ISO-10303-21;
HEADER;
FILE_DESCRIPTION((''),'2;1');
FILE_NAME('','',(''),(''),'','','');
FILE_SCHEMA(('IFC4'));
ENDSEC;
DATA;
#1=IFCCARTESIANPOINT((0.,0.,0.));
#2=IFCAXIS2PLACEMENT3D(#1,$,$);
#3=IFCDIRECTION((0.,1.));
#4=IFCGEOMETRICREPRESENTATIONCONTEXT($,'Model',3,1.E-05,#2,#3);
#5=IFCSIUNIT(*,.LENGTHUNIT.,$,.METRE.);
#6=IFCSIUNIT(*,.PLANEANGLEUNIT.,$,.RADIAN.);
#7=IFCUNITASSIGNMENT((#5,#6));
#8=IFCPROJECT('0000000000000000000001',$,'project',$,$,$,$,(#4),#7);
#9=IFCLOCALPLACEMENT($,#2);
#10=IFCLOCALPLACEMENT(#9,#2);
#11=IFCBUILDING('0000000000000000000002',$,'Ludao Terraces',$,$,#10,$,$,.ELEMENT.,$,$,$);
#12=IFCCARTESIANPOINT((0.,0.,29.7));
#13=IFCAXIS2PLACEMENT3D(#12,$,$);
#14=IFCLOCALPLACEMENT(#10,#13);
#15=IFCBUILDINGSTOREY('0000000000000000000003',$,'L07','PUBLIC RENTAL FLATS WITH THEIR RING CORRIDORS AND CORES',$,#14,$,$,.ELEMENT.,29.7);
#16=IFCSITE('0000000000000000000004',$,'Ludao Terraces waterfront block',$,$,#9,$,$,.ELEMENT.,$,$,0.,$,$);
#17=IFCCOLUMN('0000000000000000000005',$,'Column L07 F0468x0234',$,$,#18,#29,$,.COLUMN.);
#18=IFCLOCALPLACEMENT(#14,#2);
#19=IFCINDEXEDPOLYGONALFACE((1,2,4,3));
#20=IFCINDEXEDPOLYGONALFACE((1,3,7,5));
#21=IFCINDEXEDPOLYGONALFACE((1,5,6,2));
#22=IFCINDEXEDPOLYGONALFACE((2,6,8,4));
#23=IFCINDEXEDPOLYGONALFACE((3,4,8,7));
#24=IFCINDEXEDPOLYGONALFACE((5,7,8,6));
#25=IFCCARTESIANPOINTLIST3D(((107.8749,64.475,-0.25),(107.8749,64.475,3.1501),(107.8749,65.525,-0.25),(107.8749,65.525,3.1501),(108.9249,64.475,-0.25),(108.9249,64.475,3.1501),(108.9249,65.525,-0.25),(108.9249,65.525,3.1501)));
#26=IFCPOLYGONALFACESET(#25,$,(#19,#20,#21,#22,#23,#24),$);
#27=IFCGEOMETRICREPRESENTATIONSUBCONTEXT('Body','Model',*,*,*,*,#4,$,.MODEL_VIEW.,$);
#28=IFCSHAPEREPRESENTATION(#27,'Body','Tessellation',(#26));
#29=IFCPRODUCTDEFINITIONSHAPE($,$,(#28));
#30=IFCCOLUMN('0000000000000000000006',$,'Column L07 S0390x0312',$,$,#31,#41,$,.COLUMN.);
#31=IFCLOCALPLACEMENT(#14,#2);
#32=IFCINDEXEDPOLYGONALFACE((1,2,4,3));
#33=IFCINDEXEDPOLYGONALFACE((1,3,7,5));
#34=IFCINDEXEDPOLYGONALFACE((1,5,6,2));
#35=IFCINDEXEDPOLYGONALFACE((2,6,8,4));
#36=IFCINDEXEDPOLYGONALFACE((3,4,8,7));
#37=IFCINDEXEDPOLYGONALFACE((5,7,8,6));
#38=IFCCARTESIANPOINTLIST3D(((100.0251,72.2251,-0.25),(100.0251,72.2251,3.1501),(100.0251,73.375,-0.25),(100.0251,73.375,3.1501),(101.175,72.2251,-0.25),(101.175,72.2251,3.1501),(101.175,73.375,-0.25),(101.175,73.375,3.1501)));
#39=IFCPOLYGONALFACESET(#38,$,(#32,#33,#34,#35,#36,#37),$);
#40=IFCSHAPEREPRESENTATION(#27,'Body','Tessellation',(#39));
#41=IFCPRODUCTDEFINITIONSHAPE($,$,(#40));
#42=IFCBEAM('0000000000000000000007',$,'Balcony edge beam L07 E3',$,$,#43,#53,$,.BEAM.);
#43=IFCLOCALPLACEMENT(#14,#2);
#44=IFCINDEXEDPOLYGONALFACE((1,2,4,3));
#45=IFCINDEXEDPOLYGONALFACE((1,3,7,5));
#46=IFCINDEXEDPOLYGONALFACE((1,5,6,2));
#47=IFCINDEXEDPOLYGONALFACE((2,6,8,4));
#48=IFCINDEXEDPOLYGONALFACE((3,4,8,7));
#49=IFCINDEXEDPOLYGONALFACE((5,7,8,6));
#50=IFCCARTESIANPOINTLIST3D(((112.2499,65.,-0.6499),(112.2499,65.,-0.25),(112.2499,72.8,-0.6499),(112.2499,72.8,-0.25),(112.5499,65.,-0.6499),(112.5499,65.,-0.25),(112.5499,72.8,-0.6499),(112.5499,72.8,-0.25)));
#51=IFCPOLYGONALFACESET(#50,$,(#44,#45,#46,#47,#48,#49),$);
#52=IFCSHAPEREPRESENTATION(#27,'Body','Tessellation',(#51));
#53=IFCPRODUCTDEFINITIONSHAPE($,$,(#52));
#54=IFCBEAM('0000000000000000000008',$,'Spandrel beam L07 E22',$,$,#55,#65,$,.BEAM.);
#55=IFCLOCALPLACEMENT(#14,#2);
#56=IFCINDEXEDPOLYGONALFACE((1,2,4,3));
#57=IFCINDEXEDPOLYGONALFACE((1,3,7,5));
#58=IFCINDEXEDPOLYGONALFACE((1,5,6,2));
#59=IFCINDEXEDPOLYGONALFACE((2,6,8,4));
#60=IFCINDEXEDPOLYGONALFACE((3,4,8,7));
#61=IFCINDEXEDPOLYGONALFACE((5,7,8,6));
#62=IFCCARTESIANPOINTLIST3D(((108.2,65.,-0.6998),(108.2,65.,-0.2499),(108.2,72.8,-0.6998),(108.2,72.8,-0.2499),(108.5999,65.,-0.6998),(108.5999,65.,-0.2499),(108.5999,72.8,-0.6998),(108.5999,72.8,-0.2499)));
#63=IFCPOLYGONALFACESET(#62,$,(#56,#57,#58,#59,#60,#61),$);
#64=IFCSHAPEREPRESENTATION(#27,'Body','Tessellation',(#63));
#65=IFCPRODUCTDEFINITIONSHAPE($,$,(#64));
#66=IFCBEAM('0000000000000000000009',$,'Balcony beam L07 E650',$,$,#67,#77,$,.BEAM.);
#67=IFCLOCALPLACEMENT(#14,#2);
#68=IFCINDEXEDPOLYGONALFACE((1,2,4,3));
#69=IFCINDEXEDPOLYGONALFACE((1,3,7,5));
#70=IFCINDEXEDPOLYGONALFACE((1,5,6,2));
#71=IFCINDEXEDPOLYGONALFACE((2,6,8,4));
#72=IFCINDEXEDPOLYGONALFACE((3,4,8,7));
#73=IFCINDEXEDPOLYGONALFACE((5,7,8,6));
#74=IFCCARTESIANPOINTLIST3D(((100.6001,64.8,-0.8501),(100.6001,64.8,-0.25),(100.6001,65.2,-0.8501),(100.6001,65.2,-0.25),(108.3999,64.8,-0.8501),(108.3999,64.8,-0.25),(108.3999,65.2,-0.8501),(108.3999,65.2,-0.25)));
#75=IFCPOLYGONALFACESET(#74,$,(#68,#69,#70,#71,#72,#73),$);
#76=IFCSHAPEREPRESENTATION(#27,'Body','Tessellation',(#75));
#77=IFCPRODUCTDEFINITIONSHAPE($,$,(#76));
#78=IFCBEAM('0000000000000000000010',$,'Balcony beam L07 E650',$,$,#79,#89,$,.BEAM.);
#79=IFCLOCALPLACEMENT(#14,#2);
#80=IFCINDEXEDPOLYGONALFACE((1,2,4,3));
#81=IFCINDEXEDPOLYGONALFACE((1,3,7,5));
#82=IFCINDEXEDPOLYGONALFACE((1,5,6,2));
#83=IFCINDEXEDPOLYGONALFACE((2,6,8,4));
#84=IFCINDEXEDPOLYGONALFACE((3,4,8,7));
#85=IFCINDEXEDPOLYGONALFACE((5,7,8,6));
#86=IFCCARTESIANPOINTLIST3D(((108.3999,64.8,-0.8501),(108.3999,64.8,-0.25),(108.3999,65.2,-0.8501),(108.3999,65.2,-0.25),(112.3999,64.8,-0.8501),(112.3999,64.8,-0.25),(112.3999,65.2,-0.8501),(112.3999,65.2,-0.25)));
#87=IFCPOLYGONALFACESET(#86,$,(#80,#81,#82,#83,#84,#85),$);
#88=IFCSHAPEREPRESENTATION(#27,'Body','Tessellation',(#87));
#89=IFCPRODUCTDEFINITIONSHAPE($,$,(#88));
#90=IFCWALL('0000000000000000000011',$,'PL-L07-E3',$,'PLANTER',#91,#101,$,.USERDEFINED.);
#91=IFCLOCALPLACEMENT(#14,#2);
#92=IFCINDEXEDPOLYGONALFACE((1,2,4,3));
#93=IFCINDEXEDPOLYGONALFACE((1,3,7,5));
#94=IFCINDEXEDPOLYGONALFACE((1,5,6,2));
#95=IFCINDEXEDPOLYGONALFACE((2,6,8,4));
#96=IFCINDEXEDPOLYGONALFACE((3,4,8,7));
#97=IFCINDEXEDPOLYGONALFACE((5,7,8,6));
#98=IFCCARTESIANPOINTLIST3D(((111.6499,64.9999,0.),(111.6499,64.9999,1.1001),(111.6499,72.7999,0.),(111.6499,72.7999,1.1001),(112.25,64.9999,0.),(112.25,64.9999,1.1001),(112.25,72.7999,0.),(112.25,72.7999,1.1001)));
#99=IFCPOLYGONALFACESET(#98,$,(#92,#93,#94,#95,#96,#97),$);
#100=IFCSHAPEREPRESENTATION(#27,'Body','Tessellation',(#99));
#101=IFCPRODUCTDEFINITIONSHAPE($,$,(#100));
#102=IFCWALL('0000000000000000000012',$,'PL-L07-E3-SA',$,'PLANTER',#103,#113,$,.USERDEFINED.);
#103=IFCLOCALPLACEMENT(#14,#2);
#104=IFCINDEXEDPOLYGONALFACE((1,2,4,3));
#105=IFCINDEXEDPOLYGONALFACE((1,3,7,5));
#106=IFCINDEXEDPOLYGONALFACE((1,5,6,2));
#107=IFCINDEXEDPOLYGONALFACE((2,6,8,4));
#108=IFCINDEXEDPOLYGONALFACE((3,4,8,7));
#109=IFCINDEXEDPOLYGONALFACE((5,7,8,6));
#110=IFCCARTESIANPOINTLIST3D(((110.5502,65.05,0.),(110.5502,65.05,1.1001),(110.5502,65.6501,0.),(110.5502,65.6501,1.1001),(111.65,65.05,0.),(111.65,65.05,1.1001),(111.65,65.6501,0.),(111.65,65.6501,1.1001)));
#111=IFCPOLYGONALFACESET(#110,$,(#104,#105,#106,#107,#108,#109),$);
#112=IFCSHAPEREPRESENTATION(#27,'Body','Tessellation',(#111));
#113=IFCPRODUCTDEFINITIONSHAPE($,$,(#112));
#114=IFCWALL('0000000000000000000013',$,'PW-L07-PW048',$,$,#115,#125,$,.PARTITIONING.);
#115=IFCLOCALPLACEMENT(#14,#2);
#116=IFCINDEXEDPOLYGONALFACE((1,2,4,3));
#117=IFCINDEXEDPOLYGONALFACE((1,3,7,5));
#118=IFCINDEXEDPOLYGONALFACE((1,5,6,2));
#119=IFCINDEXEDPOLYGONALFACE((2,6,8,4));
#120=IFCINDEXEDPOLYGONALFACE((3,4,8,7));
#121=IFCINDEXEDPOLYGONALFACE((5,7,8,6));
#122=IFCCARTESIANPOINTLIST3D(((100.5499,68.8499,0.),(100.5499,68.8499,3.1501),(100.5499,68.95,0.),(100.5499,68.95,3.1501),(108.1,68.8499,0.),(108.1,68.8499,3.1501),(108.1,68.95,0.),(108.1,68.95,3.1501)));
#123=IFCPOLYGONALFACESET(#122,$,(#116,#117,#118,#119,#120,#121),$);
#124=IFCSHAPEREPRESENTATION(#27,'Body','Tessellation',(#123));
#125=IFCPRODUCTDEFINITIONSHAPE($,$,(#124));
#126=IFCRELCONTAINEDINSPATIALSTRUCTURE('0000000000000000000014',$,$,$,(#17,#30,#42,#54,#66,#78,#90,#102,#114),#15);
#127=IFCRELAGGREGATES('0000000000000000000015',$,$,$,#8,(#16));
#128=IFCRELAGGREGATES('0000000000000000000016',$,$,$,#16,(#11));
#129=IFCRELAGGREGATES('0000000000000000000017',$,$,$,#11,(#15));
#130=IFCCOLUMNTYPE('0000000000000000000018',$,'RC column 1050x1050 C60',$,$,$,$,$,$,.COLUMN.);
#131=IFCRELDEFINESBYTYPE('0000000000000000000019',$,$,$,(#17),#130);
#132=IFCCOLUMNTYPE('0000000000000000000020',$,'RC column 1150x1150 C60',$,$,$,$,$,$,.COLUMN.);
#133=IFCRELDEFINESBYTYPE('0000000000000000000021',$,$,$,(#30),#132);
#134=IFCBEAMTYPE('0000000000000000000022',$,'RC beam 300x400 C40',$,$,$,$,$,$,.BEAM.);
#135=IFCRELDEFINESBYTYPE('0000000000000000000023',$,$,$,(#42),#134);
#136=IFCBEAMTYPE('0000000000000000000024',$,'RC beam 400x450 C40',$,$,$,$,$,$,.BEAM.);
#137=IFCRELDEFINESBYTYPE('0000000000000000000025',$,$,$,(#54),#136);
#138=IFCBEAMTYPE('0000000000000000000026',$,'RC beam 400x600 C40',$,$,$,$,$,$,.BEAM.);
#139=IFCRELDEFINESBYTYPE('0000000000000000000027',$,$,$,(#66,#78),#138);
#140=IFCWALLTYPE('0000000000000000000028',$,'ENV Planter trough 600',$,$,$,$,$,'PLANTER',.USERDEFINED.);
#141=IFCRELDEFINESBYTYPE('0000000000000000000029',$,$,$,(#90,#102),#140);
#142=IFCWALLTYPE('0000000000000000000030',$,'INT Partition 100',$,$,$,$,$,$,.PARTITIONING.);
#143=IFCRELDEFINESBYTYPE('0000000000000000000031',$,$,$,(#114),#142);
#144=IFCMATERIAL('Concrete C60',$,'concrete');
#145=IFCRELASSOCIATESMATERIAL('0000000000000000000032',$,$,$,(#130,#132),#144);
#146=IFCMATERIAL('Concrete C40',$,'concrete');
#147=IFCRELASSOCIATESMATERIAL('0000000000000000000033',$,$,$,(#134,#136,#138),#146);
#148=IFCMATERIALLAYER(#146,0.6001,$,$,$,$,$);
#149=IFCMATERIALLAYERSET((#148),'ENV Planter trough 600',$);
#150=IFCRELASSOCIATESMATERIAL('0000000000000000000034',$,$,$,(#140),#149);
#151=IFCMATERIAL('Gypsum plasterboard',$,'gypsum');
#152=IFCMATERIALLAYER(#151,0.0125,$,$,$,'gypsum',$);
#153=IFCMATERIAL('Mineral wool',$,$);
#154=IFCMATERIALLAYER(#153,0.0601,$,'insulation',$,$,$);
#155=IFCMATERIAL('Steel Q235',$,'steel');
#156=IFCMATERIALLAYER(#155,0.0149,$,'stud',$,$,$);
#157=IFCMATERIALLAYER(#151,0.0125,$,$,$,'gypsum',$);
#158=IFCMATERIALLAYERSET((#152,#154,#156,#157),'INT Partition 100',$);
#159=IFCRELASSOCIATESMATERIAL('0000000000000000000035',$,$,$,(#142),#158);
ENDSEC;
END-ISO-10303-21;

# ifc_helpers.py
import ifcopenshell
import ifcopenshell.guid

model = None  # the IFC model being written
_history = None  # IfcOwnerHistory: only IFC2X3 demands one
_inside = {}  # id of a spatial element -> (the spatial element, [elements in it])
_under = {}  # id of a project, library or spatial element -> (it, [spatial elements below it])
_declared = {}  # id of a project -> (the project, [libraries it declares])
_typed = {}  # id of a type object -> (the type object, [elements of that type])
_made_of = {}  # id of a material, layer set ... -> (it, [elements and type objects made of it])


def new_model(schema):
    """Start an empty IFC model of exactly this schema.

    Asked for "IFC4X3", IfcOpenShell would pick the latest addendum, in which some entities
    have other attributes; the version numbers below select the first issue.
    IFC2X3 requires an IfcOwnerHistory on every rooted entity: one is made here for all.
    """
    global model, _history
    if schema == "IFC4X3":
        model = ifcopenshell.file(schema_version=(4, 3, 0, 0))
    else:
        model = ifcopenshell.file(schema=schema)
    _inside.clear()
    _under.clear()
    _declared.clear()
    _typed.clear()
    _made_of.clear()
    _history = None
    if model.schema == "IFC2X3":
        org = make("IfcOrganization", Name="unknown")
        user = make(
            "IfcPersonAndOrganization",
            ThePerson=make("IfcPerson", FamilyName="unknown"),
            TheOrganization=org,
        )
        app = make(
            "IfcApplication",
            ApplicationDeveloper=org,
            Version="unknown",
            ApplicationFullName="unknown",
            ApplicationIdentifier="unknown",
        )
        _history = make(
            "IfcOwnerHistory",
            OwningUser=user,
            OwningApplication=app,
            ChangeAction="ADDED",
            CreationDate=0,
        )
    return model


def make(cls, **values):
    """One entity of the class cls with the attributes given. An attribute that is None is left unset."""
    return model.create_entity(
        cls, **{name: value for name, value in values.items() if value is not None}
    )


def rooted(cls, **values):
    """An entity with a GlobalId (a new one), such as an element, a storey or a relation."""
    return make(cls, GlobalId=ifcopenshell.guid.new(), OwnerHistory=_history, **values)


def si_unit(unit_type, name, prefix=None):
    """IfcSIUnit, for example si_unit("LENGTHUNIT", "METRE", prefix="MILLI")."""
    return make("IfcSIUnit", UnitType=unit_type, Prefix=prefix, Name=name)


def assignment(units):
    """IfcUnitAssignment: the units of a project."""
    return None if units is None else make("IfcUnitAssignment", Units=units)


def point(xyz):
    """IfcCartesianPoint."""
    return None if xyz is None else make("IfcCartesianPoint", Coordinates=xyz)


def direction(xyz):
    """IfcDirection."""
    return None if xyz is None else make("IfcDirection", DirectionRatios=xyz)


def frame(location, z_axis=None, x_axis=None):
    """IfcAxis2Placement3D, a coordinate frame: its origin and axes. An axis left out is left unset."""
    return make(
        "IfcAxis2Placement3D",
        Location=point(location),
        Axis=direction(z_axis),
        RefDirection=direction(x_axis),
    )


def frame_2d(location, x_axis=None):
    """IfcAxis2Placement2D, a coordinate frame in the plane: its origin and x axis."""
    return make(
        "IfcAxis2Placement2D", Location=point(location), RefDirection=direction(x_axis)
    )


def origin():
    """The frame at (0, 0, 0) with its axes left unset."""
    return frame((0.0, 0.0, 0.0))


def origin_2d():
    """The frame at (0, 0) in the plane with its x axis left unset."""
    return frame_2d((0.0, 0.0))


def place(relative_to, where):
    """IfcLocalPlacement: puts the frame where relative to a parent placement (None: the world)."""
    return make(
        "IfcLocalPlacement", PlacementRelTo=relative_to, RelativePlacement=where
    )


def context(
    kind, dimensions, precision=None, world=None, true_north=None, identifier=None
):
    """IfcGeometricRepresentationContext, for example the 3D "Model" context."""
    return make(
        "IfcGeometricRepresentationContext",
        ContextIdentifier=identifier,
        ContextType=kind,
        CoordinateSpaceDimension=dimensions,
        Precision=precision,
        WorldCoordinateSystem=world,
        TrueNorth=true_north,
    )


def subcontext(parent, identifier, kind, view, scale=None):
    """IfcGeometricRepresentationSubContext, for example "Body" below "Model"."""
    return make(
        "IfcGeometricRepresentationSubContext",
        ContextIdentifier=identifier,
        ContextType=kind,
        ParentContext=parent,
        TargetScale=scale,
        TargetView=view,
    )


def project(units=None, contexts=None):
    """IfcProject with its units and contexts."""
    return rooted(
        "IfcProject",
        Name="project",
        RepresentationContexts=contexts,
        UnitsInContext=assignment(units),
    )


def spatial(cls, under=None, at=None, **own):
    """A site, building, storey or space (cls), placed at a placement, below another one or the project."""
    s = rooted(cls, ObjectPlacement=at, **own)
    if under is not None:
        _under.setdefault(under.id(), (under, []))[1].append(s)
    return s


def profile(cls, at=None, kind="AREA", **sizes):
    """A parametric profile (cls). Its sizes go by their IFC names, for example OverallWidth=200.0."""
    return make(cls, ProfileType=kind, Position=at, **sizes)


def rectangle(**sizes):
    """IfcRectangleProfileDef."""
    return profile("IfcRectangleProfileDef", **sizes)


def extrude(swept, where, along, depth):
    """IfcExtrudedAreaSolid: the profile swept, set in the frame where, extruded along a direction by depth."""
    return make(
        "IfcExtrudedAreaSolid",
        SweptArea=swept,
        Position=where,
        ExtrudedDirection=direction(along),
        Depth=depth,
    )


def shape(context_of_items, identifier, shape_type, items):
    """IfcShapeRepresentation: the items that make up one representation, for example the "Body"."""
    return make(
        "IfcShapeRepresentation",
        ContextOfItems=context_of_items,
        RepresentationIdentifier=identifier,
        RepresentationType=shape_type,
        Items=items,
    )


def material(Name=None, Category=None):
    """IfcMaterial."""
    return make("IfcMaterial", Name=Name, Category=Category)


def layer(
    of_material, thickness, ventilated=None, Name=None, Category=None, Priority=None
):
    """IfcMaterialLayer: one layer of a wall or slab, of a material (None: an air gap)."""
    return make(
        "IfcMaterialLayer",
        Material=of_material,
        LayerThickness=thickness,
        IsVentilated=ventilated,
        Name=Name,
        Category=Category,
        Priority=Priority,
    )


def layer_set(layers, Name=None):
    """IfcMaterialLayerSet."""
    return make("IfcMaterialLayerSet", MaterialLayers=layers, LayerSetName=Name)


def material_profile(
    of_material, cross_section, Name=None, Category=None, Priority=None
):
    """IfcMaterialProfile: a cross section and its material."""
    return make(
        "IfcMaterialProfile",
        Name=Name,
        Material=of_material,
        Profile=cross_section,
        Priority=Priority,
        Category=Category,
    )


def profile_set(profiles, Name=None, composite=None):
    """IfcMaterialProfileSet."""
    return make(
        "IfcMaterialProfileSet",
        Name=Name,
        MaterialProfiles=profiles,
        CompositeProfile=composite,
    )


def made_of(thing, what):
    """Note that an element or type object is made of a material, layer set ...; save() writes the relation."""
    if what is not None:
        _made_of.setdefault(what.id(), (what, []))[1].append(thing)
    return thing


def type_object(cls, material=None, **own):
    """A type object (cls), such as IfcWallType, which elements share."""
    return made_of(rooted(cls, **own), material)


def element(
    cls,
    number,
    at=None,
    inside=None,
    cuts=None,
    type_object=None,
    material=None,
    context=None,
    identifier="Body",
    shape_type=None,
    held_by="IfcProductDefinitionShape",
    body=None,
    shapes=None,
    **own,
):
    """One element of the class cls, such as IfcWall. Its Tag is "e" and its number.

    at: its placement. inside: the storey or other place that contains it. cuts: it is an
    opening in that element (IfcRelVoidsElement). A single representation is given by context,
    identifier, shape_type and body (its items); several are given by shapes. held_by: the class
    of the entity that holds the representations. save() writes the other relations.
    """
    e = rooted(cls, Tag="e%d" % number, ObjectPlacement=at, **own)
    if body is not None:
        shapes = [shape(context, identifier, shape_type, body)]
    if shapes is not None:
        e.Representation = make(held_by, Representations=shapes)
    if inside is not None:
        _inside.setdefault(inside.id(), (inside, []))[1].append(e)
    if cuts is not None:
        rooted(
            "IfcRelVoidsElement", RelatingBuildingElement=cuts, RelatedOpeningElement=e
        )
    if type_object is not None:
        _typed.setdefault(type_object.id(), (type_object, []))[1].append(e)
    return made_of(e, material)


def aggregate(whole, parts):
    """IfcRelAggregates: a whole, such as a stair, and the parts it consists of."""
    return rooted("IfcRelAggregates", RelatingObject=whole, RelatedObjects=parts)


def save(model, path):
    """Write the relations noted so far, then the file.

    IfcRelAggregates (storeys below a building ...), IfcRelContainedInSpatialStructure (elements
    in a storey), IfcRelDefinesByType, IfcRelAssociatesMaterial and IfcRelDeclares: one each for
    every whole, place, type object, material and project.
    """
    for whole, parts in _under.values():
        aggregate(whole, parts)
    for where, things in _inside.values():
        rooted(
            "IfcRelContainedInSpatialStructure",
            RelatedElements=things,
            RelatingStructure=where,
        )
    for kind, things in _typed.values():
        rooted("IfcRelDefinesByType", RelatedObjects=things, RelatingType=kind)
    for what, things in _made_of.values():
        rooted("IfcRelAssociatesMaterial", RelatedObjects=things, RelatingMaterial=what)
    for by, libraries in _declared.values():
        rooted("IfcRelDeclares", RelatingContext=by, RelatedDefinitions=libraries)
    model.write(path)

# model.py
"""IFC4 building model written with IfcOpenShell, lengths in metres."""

from ifc_helpers import new_model, si_unit, direction, frame, frame_2d, origin, origin_2d, place, context, subcontext, project, spatial, rectangle, extrude, material, layer, layer_set, material_profile, profile_set, type_object, element, save


model = new_model("IFC4")

# Units and contexts
model_context = context("Model", 3, precision=1e-05, world=origin(), true_north=direction((0.0, 1.0)))
body_context = subcontext(model_context, "Body", "Model", "MODEL_VIEW")
ifc_project = project(units=[si_unit("LENGTHUNIT", "METRE"), si_unit("PLANEANGLEUNIT", "RADIAN")], contexts=[model_context])

# Site, building, storey
site_placement = place(None, origin())
site = spatial("IfcSite", under=ifc_project, at=site_placement, Name="Ludao Terraces waterfront block", CompositionType="ELEMENT", RefElevation=0.0)
building_placement = place(site_placement, origin())
building = spatial("IfcBuilding", under=site, at=building_placement, Name="Ludao Terraces", CompositionType="ELEMENT")
storey_placement = place(building_placement, frame((0.0, 0.0, 29.7)))
storey = spatial("IfcBuildingStorey", under=building, at=storey_placement, Name="L07", Description="PUBLIC RENTAL FLATS WITH THEIR RING CORRIDORS AND CORES", CompositionType="ELEMENT", Elevation=29.7)

# Columns
ifc_material_1 = material(Name="Concrete C60", Category="concrete")
ifc_material_profile_1 = material_profile(ifc_material_1, rectangle(XDim=1.05, YDim=1.05, at=origin_2d()), Name="1050 X 1050")
ifc_profile_set_1 = profile_set([ifc_material_profile_1], Name="Concrete C60")
column_type_1 = type_object("IfcColumnType", Name="RC column 1050x1050 C60", PredefinedType="COLUMN", material=ifc_profile_set_1)
column_1_placement = place(storey_placement, frame((108.3999, 65.0, -0.25), z_axis=(0.0, 0.0, 1.0), x_axis=(1.0, 0.0, 0.0)))
element("IfcColumn", 1, at=column_1_placement, inside=storey, type_object=column_type_1, Name="Column L07 F0468x0234", PredefinedType="COLUMN", context=body_context, shape_type="SweptSolid", body=[
    extrude(rectangle(XDim=1.05, YDim=1.05, at=origin_2d()), origin(), (0.0, 0.0, 1.0), 3.4001),
])
ifc_material_profile_2 = material_profile(ifc_material_1, rectangle(XDim=1.1499, YDim=1.1499, at=origin_2d()), Name="1150 X 1150")
ifc_profile_set_2 = profile_set([ifc_material_profile_2], Name="Concrete C60")
column_type_2 = type_object("IfcColumnType", Name="RC column 1150x1150 C60", PredefinedType="COLUMN", material=ifc_profile_set_2)
column_2_placement = place(storey_placement, frame((100.6001, 72.8, -0.25), z_axis=(0.0, 0.0, 1.0), x_axis=(1.0, 0.0, 0.0)))
element("IfcColumn", 2, at=column_2_placement, inside=storey, type_object=column_type_2, Name="Column L07 S0390x0312", PredefinedType="COLUMN", context=body_context, shape_type="SweptSolid", body=[
    extrude(rectangle(XDim=1.1499, YDim=1.1499, at=origin_2d()), origin(), (0.0, 0.0, 1.0), 3.4001),
])

# Beams
ifc_material_2 = material(Name="Concrete C40", Category="concrete")
ifc_material_profile_3 = material_profile(ifc_material_2, rectangle(XDim=0.3, YDim=0.3999, at=origin_2d()), Name="300 X 400")
ifc_profile_set_3 = profile_set([ifc_material_profile_3], Name="Concrete C40")
beam_type_1 = type_object("IfcBeamType", Name="RC beam 300x400 C40", PredefinedType="BEAM", material=ifc_profile_set_3)
beam_1_placement = place(storey_placement, frame((112.3999, 65.0, -0.45), z_axis=(0.0, 1.0, 0.0), x_axis=(-1.0, 0.0, 0.0)))
element("IfcBeam", 3, at=beam_1_placement, inside=storey, type_object=beam_type_1, Name="Balcony edge beam L07 E3", PredefinedType="BEAM", context=body_context, shape_type="SweptSolid", body=[
    extrude(rectangle(XDim=0.3, YDim=0.3999, at=origin_2d()), origin(), (0.0, 0.0, 1.0), 7.8),
])
ifc_material_profile_4 = material_profile(ifc_material_2, rectangle(XDim=0.3999, YDim=0.45, at=origin_2d()), Name="400 X 450")
ifc_profile_set_4 = profile_set([ifc_material_profile_4], Name="Concrete C40")
beam_type_2 = type_object("IfcBeamType", Name="RC beam 400x450 C40", PredefinedType="BEAM", material=ifc_profile_set_4)
beam_2_placement = place(storey_placement, frame((108.3999, 65.0, -0.4749), z_axis=(0.0, 1.0, 0.0), x_axis=(-1.0, 0.0, 0.0)))
element("IfcBeam", 4, at=beam_2_placement, inside=storey, type_object=beam_type_2, Name="Spandrel beam L07 E22", PredefinedType="BEAM", context=body_context, shape_type="SweptSolid", body=[
    extrude(rectangle(XDim=0.3999, YDim=0.45, at=origin_2d()), origin(), (0.0, 0.0, 1.0), 7.8),
])
ifc_material_profile_5 = material_profile(ifc_material_2, rectangle(XDim=0.3999, YDim=0.6001, at=origin_2d()), Name="400 X 600")
ifc_profile_set_5 = profile_set([ifc_material_profile_5], Name="Concrete C40")
beam_type_3 = type_object("IfcBeamType", Name="RC beam 400x600 C40", PredefinedType="BEAM", material=ifc_profile_set_5)
beam_3_placement = place(storey_placement, frame((100.6001, 65.0, -0.55), z_axis=(1.0, 0.0, 0.0), x_axis=(0.0, 1.0, 0.0)))
element("IfcBeam", 5, at=beam_3_placement, inside=storey, type_object=beam_type_3, Name="Balcony beam L07 E650", PredefinedType="BEAM", context=body_context, shape_type="SweptSolid", body=[
    extrude(rectangle(XDim=0.3999, YDim=0.6001, at=origin_2d()), origin(), (0.0, 0.0, 1.0), 7.7998),
])
beam_4_placement = place(storey_placement, frame((108.3999, 65.0, -0.55), z_axis=(1.0, 0.0, 0.0), x_axis=(0.0, 1.0, 0.0)))
element("IfcBeam", 6, at=beam_4_placement, inside=storey, type_object=beam_type_3, Name="Balcony beam L07 E650", PredefinedType="BEAM", context=body_context, shape_type="SweptSolid", body=[
    extrude(rectangle(XDim=0.3999, YDim=0.6001, at=origin_2d()), origin(), (0.0, 0.0, 1.0), 4.0),
])

# Walls
ifc_layer_1 = layer(ifc_material_2, 0.6001)
ifc_layer_set_1 = layer_set([ifc_layer_1], Name="ENV Planter trough 600")
wall_type_1 = type_object("IfcWallType", Name="ENV Planter trough 600", ElementType="PLANTER", PredefinedType="USERDEFINED", material=ifc_layer_set_1)
wall_1_placement = place(storey_placement, frame((111.95, 65.0, 0.0), z_axis=(0.0, 0.0, 1.0), x_axis=(0.0, 1.0, 0.0)))
element("IfcWall", 7, at=wall_1_placement, inside=storey, type_object=wall_type_1, Name="PL-L07-E3", ObjectType="PLANTER", PredefinedType="USERDEFINED", context=body_context, shape_type="SweptSolid", body=[
    extrude(rectangle(XDim=7.8, YDim=0.6001, at=frame_2d((3.8999, 0.0))), origin(), (0.0, 0.0, 1.0), 1.1001),
])
wall_2_placement = place(storey_placement, frame((111.6499, 65.3501, 0.0), z_axis=(0.0, 0.0, 1.0), x_axis=(-1.0, 0.0, 0.0)))
element("IfcWall", 8, at=wall_2_placement, inside=storey, type_object=wall_type_1, Name="PL-L07-E3-SA", ObjectType="PLANTER", PredefinedType="USERDEFINED", context=body_context, shape_type="SweptSolid", body=[
    extrude(rectangle(XDim=1.0999, YDim=0.6001, at=frame_2d((0.5498, 0.0))), origin(), (0.0, 0.0, 1.0), 1.1001),
])

# Shared definitions
ifc_material_3 = material(Name="Mineral wool")

# Wall
ifc_material_4 = material(Name="Gypsum plasterboard", Category="gypsum")
ifc_layer_2 = layer(ifc_material_4, 0.0125, Category="gypsum")
ifc_layer_3 = layer(ifc_material_3, 0.0601, Name="insulation")
ifc_material_5 = material(Name="Steel Q235", Category="steel")
ifc_layer_4 = layer(ifc_material_5, 0.0149, Name="stud")
ifc_layer_5 = layer(ifc_material_4, 0.0125, Category="gypsum")
ifc_layer_set_2 = layer_set([ifc_layer_2, ifc_layer_3, ifc_layer_4, ifc_layer_5], Name="INT Partition 100")
wall_type_2 = type_object("IfcWallType", Name="INT Partition 100", PredefinedType="PARTITIONING", material=ifc_layer_set_2)
wall_3_placement = place(storey_placement, frame((100.55, 68.8999, 0.0), z_axis=(0.0, 0.0, 1.0), x_axis=(1.0, 0.0, 0.0)))
element("IfcWall", 9, at=wall_3_placement, inside=storey, type_object=wall_type_2, Name="PW-L07-PW048", PredefinedType="PARTITIONING", context=body_context, shape_type="SweptSolid", body=[
    extrude(rectangle(XDim=7.55, YDim=0.1001, at=frame_2d((3.7749, 0.0))), origin(), (0.0, 0.0, 1.0), 3.1501),
])

save(model, "model.ifc")
